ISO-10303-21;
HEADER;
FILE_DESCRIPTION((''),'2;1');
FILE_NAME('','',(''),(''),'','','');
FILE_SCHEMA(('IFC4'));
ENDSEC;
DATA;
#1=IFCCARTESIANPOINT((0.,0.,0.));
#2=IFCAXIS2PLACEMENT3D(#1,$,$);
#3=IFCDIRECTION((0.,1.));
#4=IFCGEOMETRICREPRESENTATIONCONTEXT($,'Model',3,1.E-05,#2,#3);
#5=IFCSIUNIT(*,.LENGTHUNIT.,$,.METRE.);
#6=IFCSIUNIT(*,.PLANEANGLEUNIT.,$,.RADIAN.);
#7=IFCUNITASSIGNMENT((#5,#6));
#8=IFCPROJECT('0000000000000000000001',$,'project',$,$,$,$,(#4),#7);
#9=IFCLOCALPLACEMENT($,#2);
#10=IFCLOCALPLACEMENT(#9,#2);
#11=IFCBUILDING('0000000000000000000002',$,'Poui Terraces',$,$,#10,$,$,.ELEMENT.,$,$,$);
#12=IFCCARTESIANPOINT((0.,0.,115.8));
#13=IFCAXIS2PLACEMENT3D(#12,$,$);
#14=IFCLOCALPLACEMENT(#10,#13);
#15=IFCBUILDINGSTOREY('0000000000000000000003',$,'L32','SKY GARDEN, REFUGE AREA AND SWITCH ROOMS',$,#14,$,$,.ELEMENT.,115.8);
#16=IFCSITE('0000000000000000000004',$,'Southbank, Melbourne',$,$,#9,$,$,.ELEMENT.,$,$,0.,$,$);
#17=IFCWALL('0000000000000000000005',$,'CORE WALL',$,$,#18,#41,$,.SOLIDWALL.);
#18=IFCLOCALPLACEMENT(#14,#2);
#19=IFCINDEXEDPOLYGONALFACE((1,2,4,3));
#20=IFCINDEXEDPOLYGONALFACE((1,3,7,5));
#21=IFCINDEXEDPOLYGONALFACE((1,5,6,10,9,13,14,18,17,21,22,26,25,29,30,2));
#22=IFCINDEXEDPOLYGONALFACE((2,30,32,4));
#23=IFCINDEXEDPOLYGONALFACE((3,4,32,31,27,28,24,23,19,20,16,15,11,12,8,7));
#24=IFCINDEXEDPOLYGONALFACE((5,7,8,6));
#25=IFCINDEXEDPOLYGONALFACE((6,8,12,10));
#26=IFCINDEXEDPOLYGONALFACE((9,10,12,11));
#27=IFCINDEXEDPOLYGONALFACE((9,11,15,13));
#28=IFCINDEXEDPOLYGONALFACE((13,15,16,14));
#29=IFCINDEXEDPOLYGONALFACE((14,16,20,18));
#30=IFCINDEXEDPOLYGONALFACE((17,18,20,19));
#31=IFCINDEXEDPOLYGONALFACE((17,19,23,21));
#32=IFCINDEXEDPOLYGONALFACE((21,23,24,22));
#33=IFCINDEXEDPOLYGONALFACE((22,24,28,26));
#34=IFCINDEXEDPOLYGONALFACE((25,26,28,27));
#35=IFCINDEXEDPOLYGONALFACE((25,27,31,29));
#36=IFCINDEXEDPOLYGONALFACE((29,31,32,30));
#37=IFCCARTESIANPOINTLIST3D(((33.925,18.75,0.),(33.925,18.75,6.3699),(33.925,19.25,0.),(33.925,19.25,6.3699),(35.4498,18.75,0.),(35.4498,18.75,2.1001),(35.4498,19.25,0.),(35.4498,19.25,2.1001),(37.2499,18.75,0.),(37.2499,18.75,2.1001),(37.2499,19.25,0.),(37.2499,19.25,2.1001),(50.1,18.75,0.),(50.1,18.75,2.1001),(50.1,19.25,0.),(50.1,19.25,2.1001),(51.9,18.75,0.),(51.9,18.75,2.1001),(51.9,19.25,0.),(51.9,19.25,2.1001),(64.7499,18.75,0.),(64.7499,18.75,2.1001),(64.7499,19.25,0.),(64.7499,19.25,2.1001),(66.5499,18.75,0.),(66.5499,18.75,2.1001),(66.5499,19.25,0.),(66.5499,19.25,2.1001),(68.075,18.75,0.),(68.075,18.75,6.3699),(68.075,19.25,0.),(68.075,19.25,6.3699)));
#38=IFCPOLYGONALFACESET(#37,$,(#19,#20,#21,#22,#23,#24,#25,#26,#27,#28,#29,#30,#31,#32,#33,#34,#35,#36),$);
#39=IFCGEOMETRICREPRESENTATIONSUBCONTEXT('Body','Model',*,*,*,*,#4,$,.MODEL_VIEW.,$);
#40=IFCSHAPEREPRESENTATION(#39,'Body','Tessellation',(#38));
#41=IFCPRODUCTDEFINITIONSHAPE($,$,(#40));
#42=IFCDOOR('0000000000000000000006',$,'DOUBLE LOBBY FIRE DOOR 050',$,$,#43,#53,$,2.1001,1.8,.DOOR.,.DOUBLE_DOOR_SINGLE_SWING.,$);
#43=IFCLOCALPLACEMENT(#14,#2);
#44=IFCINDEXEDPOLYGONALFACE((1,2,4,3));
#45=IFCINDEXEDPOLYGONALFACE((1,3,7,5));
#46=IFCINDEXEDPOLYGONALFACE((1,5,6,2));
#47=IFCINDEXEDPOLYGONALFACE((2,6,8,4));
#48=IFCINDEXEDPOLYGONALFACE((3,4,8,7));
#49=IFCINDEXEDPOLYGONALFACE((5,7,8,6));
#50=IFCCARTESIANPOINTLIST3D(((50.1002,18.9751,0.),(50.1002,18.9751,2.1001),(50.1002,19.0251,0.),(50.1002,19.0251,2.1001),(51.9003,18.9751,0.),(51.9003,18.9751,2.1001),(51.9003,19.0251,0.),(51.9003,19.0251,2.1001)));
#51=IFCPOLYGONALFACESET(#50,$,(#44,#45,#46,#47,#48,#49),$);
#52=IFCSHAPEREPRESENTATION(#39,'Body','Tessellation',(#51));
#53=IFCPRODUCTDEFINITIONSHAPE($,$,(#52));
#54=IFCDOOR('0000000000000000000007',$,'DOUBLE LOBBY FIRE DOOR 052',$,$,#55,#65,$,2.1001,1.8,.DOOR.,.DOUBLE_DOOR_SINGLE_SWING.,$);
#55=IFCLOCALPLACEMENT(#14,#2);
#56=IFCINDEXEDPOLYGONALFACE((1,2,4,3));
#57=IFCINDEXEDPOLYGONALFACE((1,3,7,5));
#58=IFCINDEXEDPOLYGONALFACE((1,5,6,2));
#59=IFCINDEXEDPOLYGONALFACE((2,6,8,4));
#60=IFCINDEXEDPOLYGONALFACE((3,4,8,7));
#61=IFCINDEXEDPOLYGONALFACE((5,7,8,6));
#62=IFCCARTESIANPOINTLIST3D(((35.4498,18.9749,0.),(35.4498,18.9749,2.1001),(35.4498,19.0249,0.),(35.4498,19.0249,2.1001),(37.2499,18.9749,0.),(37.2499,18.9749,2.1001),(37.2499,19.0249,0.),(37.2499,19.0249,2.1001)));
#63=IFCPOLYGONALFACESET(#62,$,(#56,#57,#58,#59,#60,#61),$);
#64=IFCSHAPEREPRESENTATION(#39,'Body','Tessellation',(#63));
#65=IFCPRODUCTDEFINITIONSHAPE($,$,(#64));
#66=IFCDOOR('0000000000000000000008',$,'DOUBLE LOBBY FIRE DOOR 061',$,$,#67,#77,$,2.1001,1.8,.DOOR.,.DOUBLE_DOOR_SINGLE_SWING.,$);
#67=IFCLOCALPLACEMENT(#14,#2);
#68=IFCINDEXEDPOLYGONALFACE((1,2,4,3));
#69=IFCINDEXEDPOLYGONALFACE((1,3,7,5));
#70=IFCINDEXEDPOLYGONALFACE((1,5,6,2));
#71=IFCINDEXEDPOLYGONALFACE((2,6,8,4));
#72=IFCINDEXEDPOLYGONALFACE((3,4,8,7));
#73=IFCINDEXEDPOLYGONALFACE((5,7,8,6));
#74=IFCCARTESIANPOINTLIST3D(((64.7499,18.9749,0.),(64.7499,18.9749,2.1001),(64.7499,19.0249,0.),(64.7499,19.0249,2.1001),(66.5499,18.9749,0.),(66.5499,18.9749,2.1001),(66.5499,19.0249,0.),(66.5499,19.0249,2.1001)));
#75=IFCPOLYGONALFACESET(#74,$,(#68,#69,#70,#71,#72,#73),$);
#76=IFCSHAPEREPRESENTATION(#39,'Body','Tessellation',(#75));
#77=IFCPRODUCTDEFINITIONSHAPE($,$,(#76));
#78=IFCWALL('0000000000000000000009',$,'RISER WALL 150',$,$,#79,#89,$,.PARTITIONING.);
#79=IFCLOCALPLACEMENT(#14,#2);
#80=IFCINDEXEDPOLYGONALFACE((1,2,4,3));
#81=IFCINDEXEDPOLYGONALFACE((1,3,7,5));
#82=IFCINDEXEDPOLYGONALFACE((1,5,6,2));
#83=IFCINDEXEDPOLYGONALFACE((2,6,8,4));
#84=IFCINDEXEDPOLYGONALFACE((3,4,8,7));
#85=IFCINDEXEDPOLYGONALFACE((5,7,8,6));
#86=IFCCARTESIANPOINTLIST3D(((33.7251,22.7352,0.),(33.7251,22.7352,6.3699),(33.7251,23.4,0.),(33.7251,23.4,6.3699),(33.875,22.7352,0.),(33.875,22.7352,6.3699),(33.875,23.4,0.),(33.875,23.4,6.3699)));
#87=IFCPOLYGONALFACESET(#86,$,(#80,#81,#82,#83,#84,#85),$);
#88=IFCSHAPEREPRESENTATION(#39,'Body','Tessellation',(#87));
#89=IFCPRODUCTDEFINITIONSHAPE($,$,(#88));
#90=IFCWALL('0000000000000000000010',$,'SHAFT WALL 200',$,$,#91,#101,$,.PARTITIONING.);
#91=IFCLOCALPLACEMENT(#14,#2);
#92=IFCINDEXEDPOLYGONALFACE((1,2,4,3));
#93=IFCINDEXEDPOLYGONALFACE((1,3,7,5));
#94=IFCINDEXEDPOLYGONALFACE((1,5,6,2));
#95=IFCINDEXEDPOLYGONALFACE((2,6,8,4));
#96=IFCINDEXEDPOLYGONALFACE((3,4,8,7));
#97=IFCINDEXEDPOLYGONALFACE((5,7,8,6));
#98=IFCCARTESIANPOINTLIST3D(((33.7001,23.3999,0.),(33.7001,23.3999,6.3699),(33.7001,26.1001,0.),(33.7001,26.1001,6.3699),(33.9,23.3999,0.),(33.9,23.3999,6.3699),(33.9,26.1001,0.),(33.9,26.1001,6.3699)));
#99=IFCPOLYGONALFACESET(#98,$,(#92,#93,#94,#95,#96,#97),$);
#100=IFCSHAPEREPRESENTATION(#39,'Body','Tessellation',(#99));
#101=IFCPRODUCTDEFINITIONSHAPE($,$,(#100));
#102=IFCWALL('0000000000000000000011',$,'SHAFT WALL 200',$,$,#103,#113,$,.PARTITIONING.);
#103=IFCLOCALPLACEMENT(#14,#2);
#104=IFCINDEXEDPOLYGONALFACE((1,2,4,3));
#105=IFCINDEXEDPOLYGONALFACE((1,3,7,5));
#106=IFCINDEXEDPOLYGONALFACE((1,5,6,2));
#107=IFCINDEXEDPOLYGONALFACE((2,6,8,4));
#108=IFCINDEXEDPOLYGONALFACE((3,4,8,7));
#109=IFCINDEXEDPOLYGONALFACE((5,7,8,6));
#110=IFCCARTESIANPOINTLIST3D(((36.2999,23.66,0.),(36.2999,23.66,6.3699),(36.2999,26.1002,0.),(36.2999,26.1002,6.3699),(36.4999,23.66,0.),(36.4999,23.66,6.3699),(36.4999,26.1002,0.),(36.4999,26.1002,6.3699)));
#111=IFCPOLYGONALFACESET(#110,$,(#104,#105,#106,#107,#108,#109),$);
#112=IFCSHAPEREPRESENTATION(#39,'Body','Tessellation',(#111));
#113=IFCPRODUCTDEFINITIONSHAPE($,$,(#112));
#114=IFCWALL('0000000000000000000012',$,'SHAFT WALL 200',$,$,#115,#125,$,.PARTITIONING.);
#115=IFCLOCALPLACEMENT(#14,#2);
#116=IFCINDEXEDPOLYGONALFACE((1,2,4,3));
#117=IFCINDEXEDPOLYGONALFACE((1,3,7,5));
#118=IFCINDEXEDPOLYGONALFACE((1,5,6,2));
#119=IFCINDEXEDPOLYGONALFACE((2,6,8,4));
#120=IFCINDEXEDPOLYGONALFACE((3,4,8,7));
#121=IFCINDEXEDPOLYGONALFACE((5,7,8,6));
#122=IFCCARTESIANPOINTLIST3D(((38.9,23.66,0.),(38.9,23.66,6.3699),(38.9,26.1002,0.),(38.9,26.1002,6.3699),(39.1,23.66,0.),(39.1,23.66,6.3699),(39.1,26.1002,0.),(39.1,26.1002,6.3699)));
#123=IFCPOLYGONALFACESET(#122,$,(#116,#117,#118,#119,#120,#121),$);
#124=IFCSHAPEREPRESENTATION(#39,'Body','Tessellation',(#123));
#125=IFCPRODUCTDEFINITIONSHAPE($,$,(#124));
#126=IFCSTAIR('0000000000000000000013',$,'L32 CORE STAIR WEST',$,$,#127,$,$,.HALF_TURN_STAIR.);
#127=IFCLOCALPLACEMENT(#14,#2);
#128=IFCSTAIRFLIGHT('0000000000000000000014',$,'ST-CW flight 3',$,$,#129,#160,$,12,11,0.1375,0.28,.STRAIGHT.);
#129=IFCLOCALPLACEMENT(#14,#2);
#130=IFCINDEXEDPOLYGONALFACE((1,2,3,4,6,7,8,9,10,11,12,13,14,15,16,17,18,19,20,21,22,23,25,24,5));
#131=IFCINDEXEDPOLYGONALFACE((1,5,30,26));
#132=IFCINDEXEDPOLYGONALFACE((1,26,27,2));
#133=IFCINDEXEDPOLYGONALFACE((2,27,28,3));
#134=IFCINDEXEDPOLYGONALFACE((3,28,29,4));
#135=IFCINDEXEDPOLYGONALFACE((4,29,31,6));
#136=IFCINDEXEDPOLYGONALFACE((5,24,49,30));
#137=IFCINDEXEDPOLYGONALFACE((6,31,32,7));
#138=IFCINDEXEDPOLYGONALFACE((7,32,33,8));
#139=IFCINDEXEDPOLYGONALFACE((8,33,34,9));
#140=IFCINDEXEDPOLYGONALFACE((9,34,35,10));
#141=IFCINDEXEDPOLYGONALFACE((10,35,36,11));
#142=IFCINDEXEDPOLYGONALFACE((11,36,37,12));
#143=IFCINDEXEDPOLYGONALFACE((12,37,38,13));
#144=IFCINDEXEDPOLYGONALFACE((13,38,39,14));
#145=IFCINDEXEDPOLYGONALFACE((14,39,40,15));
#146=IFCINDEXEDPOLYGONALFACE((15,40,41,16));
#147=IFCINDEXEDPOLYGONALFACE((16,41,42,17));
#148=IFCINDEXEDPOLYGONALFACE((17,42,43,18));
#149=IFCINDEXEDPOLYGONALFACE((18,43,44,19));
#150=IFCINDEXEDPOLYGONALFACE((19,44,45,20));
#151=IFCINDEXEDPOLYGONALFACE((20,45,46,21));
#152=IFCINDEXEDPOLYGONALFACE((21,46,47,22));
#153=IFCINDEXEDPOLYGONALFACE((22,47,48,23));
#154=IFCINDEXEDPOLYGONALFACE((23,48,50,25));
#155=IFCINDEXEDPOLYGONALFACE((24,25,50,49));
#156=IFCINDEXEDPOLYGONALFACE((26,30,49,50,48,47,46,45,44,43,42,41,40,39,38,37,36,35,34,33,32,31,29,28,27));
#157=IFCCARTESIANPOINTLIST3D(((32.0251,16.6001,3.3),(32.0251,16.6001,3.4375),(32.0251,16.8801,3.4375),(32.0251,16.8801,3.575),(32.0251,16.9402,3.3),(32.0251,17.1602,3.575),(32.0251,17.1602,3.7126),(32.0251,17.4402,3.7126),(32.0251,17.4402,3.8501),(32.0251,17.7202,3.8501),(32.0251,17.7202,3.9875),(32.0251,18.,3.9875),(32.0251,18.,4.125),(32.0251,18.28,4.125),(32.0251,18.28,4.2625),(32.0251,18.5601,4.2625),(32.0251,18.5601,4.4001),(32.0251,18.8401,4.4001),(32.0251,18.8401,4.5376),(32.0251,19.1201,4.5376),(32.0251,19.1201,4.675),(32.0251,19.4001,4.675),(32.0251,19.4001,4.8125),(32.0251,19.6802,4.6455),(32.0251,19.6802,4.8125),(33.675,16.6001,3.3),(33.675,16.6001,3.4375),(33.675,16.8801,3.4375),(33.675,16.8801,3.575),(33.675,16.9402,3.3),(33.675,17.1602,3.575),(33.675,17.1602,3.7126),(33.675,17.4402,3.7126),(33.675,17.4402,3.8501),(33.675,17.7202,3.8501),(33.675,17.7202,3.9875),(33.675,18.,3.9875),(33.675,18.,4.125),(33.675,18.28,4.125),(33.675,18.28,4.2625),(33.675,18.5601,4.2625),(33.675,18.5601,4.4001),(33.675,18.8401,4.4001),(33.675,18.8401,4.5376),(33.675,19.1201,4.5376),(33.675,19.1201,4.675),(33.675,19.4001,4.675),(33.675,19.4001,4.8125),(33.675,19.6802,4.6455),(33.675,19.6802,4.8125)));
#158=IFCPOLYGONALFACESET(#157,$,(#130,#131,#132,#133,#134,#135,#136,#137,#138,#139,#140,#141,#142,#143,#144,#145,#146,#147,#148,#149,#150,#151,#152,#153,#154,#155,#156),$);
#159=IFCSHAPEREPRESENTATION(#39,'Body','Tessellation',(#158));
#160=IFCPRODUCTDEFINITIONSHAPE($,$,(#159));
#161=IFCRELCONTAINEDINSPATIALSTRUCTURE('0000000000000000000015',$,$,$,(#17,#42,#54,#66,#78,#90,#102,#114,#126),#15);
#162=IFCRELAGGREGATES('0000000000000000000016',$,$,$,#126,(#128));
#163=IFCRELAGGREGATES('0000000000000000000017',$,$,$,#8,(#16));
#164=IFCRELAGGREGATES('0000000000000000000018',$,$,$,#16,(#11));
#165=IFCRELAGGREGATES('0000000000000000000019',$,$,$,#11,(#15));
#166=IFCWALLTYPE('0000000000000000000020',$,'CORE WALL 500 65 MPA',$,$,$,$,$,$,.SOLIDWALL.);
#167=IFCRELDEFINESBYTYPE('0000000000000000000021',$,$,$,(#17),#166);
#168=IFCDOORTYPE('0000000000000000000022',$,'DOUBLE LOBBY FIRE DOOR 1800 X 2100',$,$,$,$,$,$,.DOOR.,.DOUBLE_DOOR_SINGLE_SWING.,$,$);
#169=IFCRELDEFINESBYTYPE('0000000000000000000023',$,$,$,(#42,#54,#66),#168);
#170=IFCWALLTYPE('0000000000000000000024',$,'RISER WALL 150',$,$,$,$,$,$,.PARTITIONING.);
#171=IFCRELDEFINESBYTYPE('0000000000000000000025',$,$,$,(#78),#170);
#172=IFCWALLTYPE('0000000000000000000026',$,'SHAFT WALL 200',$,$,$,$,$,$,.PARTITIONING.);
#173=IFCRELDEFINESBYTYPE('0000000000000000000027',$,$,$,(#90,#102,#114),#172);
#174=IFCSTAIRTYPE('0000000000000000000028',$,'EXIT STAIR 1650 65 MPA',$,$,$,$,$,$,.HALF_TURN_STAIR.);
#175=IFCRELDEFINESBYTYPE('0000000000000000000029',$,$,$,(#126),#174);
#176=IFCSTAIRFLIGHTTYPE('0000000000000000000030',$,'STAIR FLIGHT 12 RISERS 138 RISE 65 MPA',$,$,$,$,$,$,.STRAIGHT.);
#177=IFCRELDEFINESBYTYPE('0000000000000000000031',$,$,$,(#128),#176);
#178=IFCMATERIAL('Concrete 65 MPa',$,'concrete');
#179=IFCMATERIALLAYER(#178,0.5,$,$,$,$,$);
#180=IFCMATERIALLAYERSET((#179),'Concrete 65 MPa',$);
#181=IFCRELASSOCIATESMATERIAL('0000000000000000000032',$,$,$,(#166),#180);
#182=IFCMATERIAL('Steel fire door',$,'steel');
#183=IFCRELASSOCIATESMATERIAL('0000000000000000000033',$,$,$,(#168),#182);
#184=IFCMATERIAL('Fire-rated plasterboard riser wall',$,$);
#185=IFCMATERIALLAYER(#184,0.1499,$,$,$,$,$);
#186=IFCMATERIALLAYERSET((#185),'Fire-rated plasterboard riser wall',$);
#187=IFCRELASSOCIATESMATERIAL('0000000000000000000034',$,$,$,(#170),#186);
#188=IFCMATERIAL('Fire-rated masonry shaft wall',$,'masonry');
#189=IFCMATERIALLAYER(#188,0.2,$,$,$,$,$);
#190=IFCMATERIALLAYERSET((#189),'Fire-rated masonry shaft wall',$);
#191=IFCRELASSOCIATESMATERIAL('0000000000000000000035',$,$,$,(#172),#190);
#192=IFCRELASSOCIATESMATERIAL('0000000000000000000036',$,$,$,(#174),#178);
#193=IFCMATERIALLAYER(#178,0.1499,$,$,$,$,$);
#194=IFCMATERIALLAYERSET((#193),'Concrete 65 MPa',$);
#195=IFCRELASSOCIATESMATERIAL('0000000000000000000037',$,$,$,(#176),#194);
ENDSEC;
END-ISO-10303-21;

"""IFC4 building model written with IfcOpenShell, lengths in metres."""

from ifc_helpers import new_model, si_unit, direction, frame, frame_2d, origin, place, context, subcontext, project, spatial, polyline, rectangle, outline, extrude, material, layer, layer_set, type_object, element, fill, aggregate, save


model = new_model("IFC4")

# Units and contexts
model_context = context("Model", 3, precision=1e-05, world=origin(), true_north=direction((0.0, 1.0)))
body_context = subcontext(model_context, "Body", "Model", "MODEL_VIEW")
ifc_project = project(units=[si_unit("LENGTHUNIT", "METRE"), si_unit("PLANEANGLEUNIT", "RADIAN")], contexts=[model_context])

# Site, building, storey
site_placement = place(None, origin())
site = spatial("IfcSite", under=ifc_project, at=site_placement, Name="Southbank, Melbourne", CompositionType="ELEMENT", RefElevation=0.0)
building_placement = place(site_placement, origin())
building = spatial("IfcBuilding", under=site, at=building_placement, Name="Poui Terraces", CompositionType="ELEMENT")
storey_placement = place(building_placement, frame((0.0, 0.0, 115.8)))
storey = spatial("IfcBuildingStorey", under=building, at=storey_placement, Name="L32", Description="SKY GARDEN, REFUGE AREA AND SWITCH ROOMS", CompositionType="ELEMENT", Elevation=115.8)

# Wall, openings, doors
ifc_material_1 = material(Name="Concrete 65 MPa", Category="concrete")
ifc_layer_1 = layer(ifc_material_1, 0.5)
ifc_layer_set_1 = layer_set([ifc_layer_1], Name="Concrete 65 MPa")
wall_type_1 = type_object("IfcWallType", Name="CORE WALL 500 65 MPA", PredefinedType="SOLIDWALL", material=ifc_layer_set_1)
wall_1_placement = place(storey_placement, frame((33.925, 19.0, 0.0), z_axis=(0.0, 0.0, 1.0), x_axis=(1.0, 0.0, 0.0)))
wall_1 = element("IfcWall", 1, at=wall_1_placement, inside=storey, type_object=wall_type_1, Name="CORE WALL", PredefinedType="SOLIDWALL", context=body_context, shape_type="SweptSolid", body=[
    extrude(rectangle(XDim=34.1499, YDim=0.5, at=frame_2d((17.075, 0.0))), origin(), (0.0, 0.0, 1.0), 6.3699),
])
opening_1_placement = place(wall_1_placement, frame((16.175, 0.0, 0.0)))
opening_1 = element("IfcOpeningElement", 2, at=opening_1_placement, cuts=wall_1, PredefinedType="OPENING", context=body_context, shape_type="SweptSolid", body=[
    extrude(rectangle(XDim=1.8, YDim=2.1001, at=frame_2d((0.8999, 1.05))), frame((0.0, 0.26, 0.0), z_axis=(0.0, -1.0, 0.0), x_axis=(1.0, 0.0, 0.0)), (0.0, 0.0, 1.0), 0.52),
])
opening_2_placement = place(wall_1_placement, frame((1.5249, 0.0, 0.0)))
opening_2 = element("IfcOpeningElement", 3, at=opening_2_placement, cuts=wall_1, PredefinedType="OPENING", context=body_context, shape_type="SweptSolid", body=[
    extrude(rectangle(XDim=1.8, YDim=2.1001, at=frame_2d((0.8999, 1.05))), frame((0.0, 0.26, 0.0), z_axis=(0.0, -1.0, 0.0), x_axis=(1.0, 0.0, 0.0)), (0.0, 0.0, 1.0), 0.52),
])
opening_3_placement = place(wall_1_placement, frame((30.825, 0.0, 0.0)))
opening_3 = element("IfcOpeningElement", 4, at=opening_3_placement, cuts=wall_1, PredefinedType="OPENING", context=body_context, shape_type="SweptSolid", body=[
    extrude(rectangle(XDim=1.8, YDim=2.1001, at=frame_2d((0.8999, 1.05))), frame((0.0, 0.26, 0.0), z_axis=(0.0, -1.0, 0.0), x_axis=(1.0, 0.0, 0.0)), (0.0, 0.0, 1.0), 0.52),
])
ifc_material_2 = material(Name="Steel fire door", Category="steel")
door_type_1 = type_object("IfcDoorType", Name="DOUBLE LOBBY FIRE DOOR 1800 X 2100", OperationType="DOUBLE_DOOR_SINGLE_SWING", PredefinedType="DOOR", material=ifc_material_2)
door_1_placement = place(opening_1_placement, frame((1.8, 0.0, 0.0), z_axis=(0.0, 0.0, 1.0), x_axis=(-1.0, 0.0, 0.0)))
door_1 = element("IfcDoor", 5, at=door_1_placement, inside=storey, type_object=door_type_1, Name="DOUBLE LOBBY FIRE DOOR 050", OperationType="DOUBLE_DOOR_SINGLE_SWING", OverallHeight=2.1001, OverallWidth=1.8, PredefinedType="DOOR", context=body_context, shape_type="SweptSolid", body=[
    extrude(rectangle(XDim=1.8, YDim=2.1001, at=frame_2d((0.8999, 1.05))), frame((0.0, 0.0249, 0.0), z_axis=(0.0, -1.0, 0.0), x_axis=(1.0, 0.0, 0.0)), (0.0, 0.0, 1.0), 0.05),
])
fill(opening_1, door_1)
door_2_placement = place(opening_2_placement, origin())
door_2 = element("IfcDoor", 6, at=door_2_placement, inside=storey, type_object=door_type_1, Name="DOUBLE LOBBY FIRE DOOR 052", OperationType="DOUBLE_DOOR_SINGLE_SWING", OverallHeight=2.1001, OverallWidth=1.8, PredefinedType="DOOR", context=body_context, shape_type="SweptSolid", body=[
    extrude(rectangle(XDim=1.8, YDim=2.1001, at=frame_2d((0.8999, 1.05))), frame((0.0, 0.0249, 0.0), z_axis=(0.0, -1.0, 0.0), x_axis=(1.0, 0.0, 0.0)), (0.0, 0.0, 1.0), 0.05),
])
fill(opening_2, door_2)
door_3_placement = place(opening_3_placement, origin())
door_3 = element("IfcDoor", 7, at=door_3_placement, inside=storey, type_object=door_type_1, Name="DOUBLE LOBBY FIRE DOOR 061", OperationType="DOUBLE_DOOR_SINGLE_SWING", OverallHeight=2.1001, OverallWidth=1.8, PredefinedType="DOOR", context=body_context, shape_type="SweptSolid", body=[
    extrude(rectangle(XDim=1.8, YDim=2.1001, at=frame_2d((0.8999, 1.05))), frame((0.0, 0.0249, 0.0), z_axis=(0.0, -1.0, 0.0), x_axis=(1.0, 0.0, 0.0)), (0.0, 0.0, 1.0), 0.05),
])
fill(opening_3, door_3)

# Walls
ifc_material_3 = material(Name="Fire-rated plasterboard riser wall")
ifc_layer_2 = layer(ifc_material_3, 0.1499)
ifc_layer_set_2 = layer_set([ifc_layer_2], Name="Fire-rated plasterboard riser wall")
wall_type_2 = type_object("IfcWallType", Name="RISER WALL 150", PredefinedType="PARTITIONING", material=ifc_layer_set_2)
wall_2_placement = place(storey_placement, frame((33.8, 22.7351, 0.0), z_axis=(0.0, 0.0, 1.0), x_axis=(0.0, 1.0, 0.0)))
element("IfcWall", 8, at=wall_2_placement, inside=storey, type_object=wall_type_2, Name="RISER WALL 150", PredefinedType="PARTITIONING", context=body_context, shape_type="SweptSolid", body=[
    extrude(rectangle(XDim=0.6648, YDim=0.1499, at=frame_2d((0.3325, 0.0))), origin(), (0.0, 0.0, 1.0), 6.3699),
])
ifc_material_4 = material(Name="Fire-rated masonry shaft wall", Category="masonry")
ifc_layer_3 = layer(ifc_material_4, 0.2)
ifc_layer_set_3 = layer_set([ifc_layer_3], Name="Fire-rated masonry shaft wall")
wall_type_3 = type_object("IfcWallType", Name="SHAFT WALL 200", PredefinedType="PARTITIONING", material=ifc_layer_set_3)
wall_3_placement = place(storey_placement, frame((33.8, 23.3999, 0.0), z_axis=(0.0, 0.0, 1.0), x_axis=(0.0, 1.0, 0.0)))
element("IfcWall", 9, at=wall_3_placement, inside=storey, type_object=wall_type_3, Name="SHAFT WALL 200", PredefinedType="PARTITIONING", context=body_context, shape_type="SweptSolid", body=[
    extrude(rectangle(XDim=2.7002, YDim=0.2, at=frame_2d((1.3501, 0.0))), origin(), (0.0, 0.0, 1.0), 6.3699),
])
for number, where, z_axis, x_axis, name in (
    (10, (36.3999, 23.6599, 0.0), (0.0, 0.0, 1.0), (0.0, 1.0, 0.0), "SHAFT WALL 200"),
    (11, (39.0, 23.6599, 0.0), (0.0, 0.0, 1.0), (0.0, 1.0, 0.0), "SHAFT WALL 200"),
):
    element("IfcWall", number, at=place(storey_placement, frame(where, z_axis=z_axis, x_axis=x_axis)), inside=storey, type_object=wall_type_3, Name=name, PredefinedType="PARTITIONING", context=body_context, shape_type="SweptSolid", body=[
        extrude(rectangle(XDim=2.4402, YDim=0.2, at=frame_2d((1.2202, 0.0))), origin(), (0.0, 0.0, 1.0), 6.3699),
    ])

# Stair, stair flight
stair_type = type_object("IfcStairType", Name="EXIT STAIR 1650 65 MPA", PredefinedType="HALF_TURN_STAIR", material=ifc_material_1)
stair_placement = place(storey_placement, origin())
stair = element("IfcStair", 12, at=stair_placement, inside=storey, type_object=stair_type, Name="L32 CORE STAIR WEST", PredefinedType="HALF_TURN_STAIR")
ifc_layer_4 = layer(ifc_material_1, 0.1499)
ifc_layer_set_4 = layer_set([ifc_layer_4], Name="Concrete 65 MPa")
stair_flight_type = type_object("IfcStairFlightType", Name="STAIR FLIGHT 12 RISERS 138 RISE 65 MPA", PredefinedType="STRAIGHT", material=ifc_layer_set_4)
stair_flight_placement = place(storey_placement, frame((32.8501, 16.6001, 3.3), z_axis=(0.0, 0.0, 1.0), x_axis=(0.0, 1.0, 0.0)))
stair_flight = element("IfcStairFlight", 13, at=stair_flight_placement, type_object=stair_flight_type, Name="ST-CW flight 3", NumberOfRisers=12, NumberOfTreads=11, PredefinedType="STRAIGHT", RiserHeight=0.1375, TreadLength=0.28, context=body_context, shape_type="SweptSolid", body=[
    extrude(outline(polyline([(0.0, 0.0), (0.0, 0.1375), (0.28, 0.1375), (0.28, 0.2749), (0.5601, 0.2749), (0.5601, 0.4126), (0.8401, 0.4126), (0.8401, 0.55), (1.1201, 0.55), (1.1201, 0.6875), (1.3999, 0.6875), (1.3999, 0.825), (1.6799, 0.825), (1.6799, 0.9624), (1.96, 0.9624), (1.96, 1.1001), (2.24, 1.1001), (2.24, 1.2375), (2.52, 1.2375), (2.52, 1.375), (2.8, 1.375), (2.8, 1.5125), (3.0801, 1.5125), (3.0801, 1.6499), (3.0801, 1.3455), (0.3401, 0.0), (0.0, 0.0)])), frame((0.0, 0.825, 0.0), z_axis=(0.0, -1.0, 0.0), x_axis=(1.0, 0.0, 0.0)), (0.0, 0.0, 1.0), 1.6499),
])
aggregate(stair, [stair_flight])

save(model, "model.ifc")
